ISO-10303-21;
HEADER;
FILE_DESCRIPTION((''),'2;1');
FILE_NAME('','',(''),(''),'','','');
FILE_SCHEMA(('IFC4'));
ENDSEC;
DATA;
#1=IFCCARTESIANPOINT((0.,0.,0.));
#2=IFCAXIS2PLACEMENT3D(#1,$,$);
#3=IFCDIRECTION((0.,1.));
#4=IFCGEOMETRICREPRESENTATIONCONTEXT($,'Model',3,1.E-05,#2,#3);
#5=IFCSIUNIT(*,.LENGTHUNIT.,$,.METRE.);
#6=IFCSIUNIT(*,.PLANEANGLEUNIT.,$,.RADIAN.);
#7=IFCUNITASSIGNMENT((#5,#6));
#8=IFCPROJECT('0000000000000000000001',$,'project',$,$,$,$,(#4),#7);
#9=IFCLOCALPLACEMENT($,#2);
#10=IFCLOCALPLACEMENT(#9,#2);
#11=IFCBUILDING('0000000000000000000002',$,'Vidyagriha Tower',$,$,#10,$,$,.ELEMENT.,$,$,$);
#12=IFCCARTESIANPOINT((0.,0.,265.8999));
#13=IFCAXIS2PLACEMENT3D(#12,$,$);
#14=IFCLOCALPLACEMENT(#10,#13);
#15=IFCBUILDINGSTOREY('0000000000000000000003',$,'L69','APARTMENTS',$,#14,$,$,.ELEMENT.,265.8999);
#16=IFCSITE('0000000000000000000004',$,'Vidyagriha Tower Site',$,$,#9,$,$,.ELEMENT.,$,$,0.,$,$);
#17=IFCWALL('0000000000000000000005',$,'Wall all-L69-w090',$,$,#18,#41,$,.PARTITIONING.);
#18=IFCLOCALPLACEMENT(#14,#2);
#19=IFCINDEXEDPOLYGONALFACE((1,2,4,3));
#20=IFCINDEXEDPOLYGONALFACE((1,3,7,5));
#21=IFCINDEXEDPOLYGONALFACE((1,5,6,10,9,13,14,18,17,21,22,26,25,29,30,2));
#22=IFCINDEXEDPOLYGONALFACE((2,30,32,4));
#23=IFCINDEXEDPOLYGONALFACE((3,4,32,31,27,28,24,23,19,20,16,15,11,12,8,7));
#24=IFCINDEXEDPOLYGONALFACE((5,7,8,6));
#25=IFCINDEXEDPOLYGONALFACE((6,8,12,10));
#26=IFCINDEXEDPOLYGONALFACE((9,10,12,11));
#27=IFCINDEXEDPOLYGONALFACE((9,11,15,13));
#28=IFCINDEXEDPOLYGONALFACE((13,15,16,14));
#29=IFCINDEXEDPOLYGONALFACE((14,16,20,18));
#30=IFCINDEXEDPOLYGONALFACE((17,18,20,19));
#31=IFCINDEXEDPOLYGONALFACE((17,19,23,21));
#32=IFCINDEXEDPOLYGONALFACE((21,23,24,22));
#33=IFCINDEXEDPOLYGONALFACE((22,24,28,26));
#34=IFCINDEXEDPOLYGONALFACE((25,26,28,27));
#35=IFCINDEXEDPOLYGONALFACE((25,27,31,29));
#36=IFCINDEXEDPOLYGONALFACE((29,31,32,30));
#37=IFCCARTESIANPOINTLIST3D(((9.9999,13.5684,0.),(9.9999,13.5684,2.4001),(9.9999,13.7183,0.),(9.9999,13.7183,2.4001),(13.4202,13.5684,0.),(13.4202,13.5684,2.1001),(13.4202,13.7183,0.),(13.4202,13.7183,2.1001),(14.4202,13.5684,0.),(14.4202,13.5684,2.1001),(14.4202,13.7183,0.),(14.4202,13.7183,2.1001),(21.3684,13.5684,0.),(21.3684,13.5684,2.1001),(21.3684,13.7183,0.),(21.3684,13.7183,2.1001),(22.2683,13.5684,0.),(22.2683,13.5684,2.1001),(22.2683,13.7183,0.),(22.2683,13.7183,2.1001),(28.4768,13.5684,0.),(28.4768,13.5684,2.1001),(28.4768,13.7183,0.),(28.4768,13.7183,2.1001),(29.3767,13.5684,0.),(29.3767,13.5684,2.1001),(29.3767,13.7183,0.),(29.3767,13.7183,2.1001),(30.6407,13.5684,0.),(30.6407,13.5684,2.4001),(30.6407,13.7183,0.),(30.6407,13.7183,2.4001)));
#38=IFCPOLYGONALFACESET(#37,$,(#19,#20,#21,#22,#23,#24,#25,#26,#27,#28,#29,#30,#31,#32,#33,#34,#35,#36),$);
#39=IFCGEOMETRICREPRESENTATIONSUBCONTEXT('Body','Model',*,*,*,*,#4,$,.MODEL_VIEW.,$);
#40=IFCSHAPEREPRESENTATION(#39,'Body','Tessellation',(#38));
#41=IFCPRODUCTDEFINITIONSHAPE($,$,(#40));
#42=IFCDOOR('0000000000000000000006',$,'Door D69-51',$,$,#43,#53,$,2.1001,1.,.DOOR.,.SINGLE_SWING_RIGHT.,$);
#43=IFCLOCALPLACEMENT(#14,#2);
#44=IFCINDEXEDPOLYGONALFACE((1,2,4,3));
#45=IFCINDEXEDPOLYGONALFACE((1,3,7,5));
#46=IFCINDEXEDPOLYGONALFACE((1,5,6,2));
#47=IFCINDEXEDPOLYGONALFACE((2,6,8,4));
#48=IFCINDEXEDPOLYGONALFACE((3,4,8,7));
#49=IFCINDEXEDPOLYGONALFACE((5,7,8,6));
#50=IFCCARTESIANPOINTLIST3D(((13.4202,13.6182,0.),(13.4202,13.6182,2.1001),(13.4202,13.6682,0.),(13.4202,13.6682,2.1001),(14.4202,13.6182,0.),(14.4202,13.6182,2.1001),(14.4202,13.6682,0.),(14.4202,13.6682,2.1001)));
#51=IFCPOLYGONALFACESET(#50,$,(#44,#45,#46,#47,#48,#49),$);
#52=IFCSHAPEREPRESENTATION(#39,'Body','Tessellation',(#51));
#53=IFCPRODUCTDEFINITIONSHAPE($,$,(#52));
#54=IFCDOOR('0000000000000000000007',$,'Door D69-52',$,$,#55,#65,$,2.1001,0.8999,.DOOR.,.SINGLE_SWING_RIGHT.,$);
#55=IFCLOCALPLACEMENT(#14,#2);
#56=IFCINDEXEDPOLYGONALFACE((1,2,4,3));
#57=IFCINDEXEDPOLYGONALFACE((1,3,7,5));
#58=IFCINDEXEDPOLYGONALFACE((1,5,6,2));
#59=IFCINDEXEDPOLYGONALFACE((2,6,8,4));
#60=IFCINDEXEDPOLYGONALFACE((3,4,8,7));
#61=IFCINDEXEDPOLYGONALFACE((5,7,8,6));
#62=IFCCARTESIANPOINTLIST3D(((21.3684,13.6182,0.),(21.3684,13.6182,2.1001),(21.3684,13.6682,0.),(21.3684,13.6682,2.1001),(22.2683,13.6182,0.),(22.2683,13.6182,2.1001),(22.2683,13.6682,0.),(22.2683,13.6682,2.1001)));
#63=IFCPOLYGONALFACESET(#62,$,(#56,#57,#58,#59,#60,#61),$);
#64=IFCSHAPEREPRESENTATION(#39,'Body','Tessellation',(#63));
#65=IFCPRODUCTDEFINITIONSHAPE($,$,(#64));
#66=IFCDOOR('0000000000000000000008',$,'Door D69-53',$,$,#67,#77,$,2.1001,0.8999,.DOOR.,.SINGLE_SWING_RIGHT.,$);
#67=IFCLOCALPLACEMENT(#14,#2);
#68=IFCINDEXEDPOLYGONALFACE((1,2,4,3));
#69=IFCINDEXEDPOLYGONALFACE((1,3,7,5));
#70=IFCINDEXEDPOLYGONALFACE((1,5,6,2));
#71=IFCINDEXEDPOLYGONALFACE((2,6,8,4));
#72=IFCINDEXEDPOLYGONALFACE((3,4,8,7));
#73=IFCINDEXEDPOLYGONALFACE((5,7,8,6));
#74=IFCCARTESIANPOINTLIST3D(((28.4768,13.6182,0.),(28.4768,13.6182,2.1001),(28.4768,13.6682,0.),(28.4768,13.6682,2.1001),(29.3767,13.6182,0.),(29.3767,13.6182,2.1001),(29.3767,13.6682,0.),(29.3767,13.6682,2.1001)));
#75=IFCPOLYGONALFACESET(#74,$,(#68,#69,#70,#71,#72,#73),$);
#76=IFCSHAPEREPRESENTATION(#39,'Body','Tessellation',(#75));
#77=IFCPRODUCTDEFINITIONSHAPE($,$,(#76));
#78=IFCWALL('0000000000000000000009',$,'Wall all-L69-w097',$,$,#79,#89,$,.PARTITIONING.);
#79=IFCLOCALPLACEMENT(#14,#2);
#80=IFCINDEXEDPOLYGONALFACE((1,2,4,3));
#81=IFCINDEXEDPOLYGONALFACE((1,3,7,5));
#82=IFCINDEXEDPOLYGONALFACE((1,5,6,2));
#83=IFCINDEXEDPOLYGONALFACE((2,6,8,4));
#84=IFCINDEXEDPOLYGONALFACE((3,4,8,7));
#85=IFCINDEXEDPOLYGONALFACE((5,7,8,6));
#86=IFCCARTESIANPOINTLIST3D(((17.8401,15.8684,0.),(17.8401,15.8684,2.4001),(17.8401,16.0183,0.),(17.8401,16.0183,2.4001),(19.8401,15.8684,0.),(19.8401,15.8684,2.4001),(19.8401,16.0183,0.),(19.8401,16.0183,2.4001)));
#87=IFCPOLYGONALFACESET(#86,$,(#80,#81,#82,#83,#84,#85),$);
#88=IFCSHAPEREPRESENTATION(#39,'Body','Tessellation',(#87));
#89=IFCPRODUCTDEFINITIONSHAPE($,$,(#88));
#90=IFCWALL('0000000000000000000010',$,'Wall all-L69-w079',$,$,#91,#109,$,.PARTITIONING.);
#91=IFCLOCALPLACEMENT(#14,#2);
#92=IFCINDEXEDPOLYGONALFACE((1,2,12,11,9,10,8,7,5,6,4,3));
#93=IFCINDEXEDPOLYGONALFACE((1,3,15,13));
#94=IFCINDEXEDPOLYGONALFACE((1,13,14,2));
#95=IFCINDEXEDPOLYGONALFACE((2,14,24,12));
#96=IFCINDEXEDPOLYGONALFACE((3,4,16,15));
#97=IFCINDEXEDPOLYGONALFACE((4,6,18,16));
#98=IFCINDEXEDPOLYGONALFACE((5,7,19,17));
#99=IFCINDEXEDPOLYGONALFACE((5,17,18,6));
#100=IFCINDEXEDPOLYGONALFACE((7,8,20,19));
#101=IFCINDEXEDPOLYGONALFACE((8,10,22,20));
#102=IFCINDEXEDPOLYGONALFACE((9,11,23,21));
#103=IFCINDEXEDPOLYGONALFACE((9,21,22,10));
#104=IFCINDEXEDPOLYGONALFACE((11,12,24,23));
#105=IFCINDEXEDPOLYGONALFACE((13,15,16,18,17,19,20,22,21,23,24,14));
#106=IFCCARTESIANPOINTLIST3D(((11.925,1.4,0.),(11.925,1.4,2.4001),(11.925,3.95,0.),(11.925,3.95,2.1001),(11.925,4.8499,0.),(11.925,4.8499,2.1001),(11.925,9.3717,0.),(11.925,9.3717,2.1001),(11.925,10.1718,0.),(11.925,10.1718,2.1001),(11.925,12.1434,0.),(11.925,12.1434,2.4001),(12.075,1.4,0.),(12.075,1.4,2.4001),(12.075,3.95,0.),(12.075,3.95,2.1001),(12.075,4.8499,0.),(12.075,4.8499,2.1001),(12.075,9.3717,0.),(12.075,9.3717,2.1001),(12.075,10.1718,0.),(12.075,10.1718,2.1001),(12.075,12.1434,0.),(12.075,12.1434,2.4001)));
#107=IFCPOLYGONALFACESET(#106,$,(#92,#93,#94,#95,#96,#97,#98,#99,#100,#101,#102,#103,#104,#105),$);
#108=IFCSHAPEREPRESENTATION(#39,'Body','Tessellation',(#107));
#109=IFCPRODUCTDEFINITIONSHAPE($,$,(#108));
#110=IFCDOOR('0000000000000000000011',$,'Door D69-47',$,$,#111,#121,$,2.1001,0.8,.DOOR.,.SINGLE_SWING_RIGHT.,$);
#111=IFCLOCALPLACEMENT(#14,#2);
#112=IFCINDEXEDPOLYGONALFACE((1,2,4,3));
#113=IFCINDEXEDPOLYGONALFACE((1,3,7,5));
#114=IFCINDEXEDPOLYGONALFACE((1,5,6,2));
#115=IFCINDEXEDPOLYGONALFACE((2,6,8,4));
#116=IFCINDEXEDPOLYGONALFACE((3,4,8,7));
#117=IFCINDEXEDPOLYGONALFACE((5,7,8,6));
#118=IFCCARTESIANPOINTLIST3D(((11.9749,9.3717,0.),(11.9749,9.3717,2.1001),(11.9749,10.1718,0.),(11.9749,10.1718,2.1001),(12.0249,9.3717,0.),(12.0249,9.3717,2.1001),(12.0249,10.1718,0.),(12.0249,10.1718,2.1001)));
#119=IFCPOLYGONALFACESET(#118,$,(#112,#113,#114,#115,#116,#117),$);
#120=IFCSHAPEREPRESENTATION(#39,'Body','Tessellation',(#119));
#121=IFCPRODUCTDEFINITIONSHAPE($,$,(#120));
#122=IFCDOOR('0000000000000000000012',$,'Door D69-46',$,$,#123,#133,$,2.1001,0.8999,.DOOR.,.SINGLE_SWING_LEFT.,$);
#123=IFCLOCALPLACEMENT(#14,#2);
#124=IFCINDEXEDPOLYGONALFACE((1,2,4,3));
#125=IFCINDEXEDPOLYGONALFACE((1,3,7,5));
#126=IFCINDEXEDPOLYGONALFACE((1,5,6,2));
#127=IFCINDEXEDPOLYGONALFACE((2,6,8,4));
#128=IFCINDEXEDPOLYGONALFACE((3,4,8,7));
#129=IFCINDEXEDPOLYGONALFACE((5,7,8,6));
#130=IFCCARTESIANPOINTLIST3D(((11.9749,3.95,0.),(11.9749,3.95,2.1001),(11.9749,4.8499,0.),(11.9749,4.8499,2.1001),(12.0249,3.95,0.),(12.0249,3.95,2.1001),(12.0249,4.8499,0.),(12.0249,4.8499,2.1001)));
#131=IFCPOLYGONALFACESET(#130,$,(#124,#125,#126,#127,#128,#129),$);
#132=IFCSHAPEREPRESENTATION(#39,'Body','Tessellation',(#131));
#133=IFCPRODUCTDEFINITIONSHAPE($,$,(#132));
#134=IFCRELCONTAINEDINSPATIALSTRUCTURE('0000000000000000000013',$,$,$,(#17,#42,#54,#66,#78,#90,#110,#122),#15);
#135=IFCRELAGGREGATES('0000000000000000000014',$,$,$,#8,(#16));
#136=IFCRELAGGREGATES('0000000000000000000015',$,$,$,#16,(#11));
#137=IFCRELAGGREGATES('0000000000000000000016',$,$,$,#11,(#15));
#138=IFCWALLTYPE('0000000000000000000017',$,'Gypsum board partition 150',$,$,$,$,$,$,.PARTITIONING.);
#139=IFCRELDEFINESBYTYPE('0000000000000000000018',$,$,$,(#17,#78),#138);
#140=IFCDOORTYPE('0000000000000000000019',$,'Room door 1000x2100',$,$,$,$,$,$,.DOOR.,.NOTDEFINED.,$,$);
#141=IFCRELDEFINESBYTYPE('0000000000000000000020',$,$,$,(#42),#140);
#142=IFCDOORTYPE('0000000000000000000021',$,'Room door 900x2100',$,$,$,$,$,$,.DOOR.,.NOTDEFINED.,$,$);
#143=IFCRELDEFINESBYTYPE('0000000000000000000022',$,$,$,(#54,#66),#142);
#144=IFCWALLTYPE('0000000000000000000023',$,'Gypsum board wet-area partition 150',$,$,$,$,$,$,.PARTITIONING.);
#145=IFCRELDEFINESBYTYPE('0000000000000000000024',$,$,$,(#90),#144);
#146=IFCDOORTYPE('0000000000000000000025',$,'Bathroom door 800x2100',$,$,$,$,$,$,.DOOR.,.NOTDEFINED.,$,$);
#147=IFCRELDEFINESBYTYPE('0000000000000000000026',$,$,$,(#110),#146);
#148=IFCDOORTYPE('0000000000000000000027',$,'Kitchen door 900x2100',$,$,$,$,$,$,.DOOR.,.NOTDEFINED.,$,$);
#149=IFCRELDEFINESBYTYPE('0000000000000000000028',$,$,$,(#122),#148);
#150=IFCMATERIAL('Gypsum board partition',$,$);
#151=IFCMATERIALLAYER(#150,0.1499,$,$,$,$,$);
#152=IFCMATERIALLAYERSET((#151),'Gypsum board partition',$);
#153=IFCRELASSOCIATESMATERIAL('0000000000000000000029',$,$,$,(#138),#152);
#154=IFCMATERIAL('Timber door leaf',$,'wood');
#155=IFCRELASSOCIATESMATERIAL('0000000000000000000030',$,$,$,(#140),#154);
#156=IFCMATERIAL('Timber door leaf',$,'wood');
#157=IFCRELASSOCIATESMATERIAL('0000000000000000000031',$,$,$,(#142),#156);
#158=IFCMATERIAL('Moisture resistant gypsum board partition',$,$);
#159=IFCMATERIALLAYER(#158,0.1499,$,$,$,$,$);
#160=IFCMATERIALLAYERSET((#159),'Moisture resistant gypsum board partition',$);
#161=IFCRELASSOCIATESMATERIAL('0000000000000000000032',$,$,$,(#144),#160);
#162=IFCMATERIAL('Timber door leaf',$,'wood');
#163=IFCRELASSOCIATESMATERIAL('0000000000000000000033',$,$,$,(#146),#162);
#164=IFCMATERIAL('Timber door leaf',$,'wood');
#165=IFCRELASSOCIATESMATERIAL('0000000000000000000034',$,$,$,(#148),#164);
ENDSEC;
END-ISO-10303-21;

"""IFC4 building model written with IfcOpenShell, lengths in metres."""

from ifc_helpers import new_model, si_unit, direction, frame, frame_2d, origin, place, context, subcontext, project, spatial, rectangle, extrude, material, layer, layer_set, type_object, element, fill, save


model = new_model("IFC4")

# Units and contexts
model_context = context("Model", 3, precision=1e-05, world=origin(), true_north=direction((0.0, 1.0)))
body_context = subcontext(model_context, "Body", "Model", "MODEL_VIEW")
ifc_project = project(units=[si_unit("LENGTHUNIT", "METRE"), si_unit("PLANEANGLEUNIT", "RADIAN")], contexts=[model_context])

# Site, building, storey
site_placement = place(None, origin())
site = spatial("IfcSite", under=ifc_project, at=site_placement, Name="Vidyagriha Tower Site", CompositionType="ELEMENT", RefElevation=0.0)
building_placement = place(site_placement, origin())
building = spatial("IfcBuilding", under=site, at=building_placement, Name="Vidyagriha Tower", CompositionType="ELEMENT")
storey_placement = place(building_placement, frame((0.0, 0.0, 265.8999)))
storey = spatial("IfcBuildingStorey", under=building, at=storey_placement, Name="L69", Description="APARTMENTS", CompositionType="ELEMENT", Elevation=265.8999)

# Shared definitions
ifc_material_1 = material(Name="Gypsum board partition")
ifc_layer_1 = layer(ifc_material_1, 0.1499)
ifc_layer_set_1 = layer_set([ifc_layer_1], Name="Gypsum board partition")
wall_type_1 = type_object("IfcWallType", Name="Gypsum board partition 150", PredefinedType="PARTITIONING", material=ifc_layer_set_1)

# Wall, openings, doors
wall_1_placement = place(storey_placement, frame((10.0, 13.6433, 0.0)))
wall_1 = element("IfcWall", 1, at=wall_1_placement, inside=storey, type_object=wall_type_1, Name="Wall all-L69-w090", PredefinedType="PARTITIONING", context=body_context, shape_type="SweptSolid", body=[
    extrude(rectangle(XDim=20.6409, YDim=0.1499, at=frame_2d((10.3203, 0.0))), origin(), (0.0, 0.0, 1.0), 2.4001),
])
opening_1_placement = place(wall_1_placement, frame((3.4202, 0.0, 0.0)))
opening_1 = element("IfcOpeningElement", 2, at=opening_1_placement, cuts=wall_1, PredefinedType="OPENING", context=body_context, shape_type="SweptSolid", body=[
    extrude(rectangle(XDim=1.0, YDim=2.1001, at=frame_2d((0.5, 1.05))), frame((0.0, 0.085, 0.0), z_axis=(0.0, -1.0, 0.0), x_axis=(1.0, 0.0, 0.0)), (0.0, 0.0, 1.0), 0.1699),
])
opening_2_placement = place(wall_1_placement, frame((11.3684, 0.0, 0.0)))
opening_2 = element("IfcOpeningElement", 3, at=opening_2_placement, cuts=wall_1, PredefinedType="OPENING", context=body_context, shape_type="SweptSolid", body=[
    extrude(rectangle(XDim=0.8999, YDim=2.1001, at=frame_2d((0.45, 1.05))), frame((0.0, 0.085, 0.0), z_axis=(0.0, -1.0, 0.0), x_axis=(1.0, 0.0, 0.0)), (0.0, 0.0, 1.0), 0.1699),
])
opening_3_placement = place(wall_1_placement, frame((18.4768, 0.0, 0.0)))
opening_3 = element("IfcOpeningElement", 4, at=opening_3_placement, cuts=wall_1, PredefinedType="OPENING", context=body_context, shape_type="SweptSolid", body=[
    extrude(rectangle(XDim=0.8999, YDim=2.1001, at=frame_2d((0.45, 1.05))), frame((0.0, 0.085, 0.0), z_axis=(0.0, -1.0, 0.0), x_axis=(1.0, 0.0, 0.0)), (0.0, 0.0, 1.0), 0.1699),
])
ifc_material_2 = material(Name="Timber door leaf", Category="wood")
door_type_1 = type_object("IfcDoorType", Name="Room door 1000x2100", OperationType="NOTDEFINED", PredefinedType="DOOR", material=ifc_material_2)
door_1_placement = place(opening_1_placement, origin())
door_1 = element("IfcDoor", 5, at=door_1_placement, inside=storey, type_object=door_type_1, Name="Door D69-51", OperationType="SINGLE_SWING_RIGHT", OverallHeight=2.1001, OverallWidth=1.0, PredefinedType="DOOR", context=body_context, shape_type="SweptSolid", body=[
    extrude(rectangle(XDim=1.0, YDim=2.1001, at=frame_2d((0.5, 1.05))), frame((0.0, 0.0249, 0.0), z_axis=(0.0, -1.0, 0.0), x_axis=(1.0, 0.0, 0.0)), (0.0, 0.0, 1.0), 0.05),
])
fill(opening_1, door_1)
ifc_material_3 = material(Name="Timber door leaf", Category="wood")
door_type_2 = type_object("IfcDoorType", Name="Room door 900x2100", OperationType="NOTDEFINED", PredefinedType="DOOR", material=ifc_material_3)
door_2_placement = place(opening_2_placement, origin())
door_2 = element("IfcDoor", 6, at=door_2_placement, inside=storey, type_object=door_type_2, Name="Door D69-52", OperationType="SINGLE_SWING_RIGHT", OverallHeight=2.1001, OverallWidth=0.8999, PredefinedType="DOOR", context=body_context, shape_type="SweptSolid", body=[
    extrude(rectangle(XDim=0.8999, YDim=2.1001, at=frame_2d((0.45, 1.05))), frame((0.0, 0.0249, 0.0), z_axis=(0.0, -1.0, 0.0), x_axis=(1.0, 0.0, 0.0)), (0.0, 0.0, 1.0), 0.05),
])
fill(opening_2, door_2)
door_3_placement = place(opening_3_placement, origin())
door_3 = element("IfcDoor", 7, at=door_3_placement, inside=storey, type_object=door_type_2, Name="Door D69-53", OperationType="SINGLE_SWING_RIGHT", OverallHeight=2.1001, OverallWidth=0.8999, PredefinedType="DOOR", context=body_context, shape_type="SweptSolid", body=[
    extrude(rectangle(XDim=0.8999, YDim=2.1001, at=frame_2d((0.45, 1.05))), frame((0.0, 0.0249, 0.0), z_axis=(0.0, -1.0, 0.0), x_axis=(1.0, 0.0, 0.0)), (0.0, 0.0, 1.0), 0.05),
])
fill(opening_3, door_3)

# Wall
wall_2_placement = place(storey_placement, frame((17.8401, 15.9434, 0.0)))
element("IfcWall", 8, at=wall_2_placement, inside=storey, type_object=wall_type_1, Name="Wall all-L69-w097", PredefinedType="PARTITIONING", context=body_context, shape_type="SweptSolid", body=[
    extrude(rectangle(XDim=2.0, YDim=0.1499, at=frame_2d((1.0, 0.0))), origin(), (0.0, 0.0, 1.0), 2.4001),
])

# Wall, openings, doors
ifc_material_4 = material(Name="Moisture resistant gypsum board partition")
ifc_layer_2 = layer(ifc_material_4, 0.1499)
ifc_layer_set_2 = layer_set([ifc_layer_2], Name="Moisture resistant gypsum board partition")
wall_type_2 = type_object("IfcWallType", Name="Gypsum board wet-area partition 150", PredefinedType="PARTITIONING", material=ifc_layer_set_2)
wall_3_placement = place(storey_placement, frame((12.0, 12.1433, 0.0), z_axis=(0.0, 0.0, 1.0), x_axis=(0.0, -1.0, 0.0)))
wall_3 = element("IfcWall", 9, at=wall_3_placement, inside=storey, type_object=wall_type_2, Name="Wall all-L69-w079", PredefinedType="PARTITIONING", context=body_context, shape_type="SweptSolid", body=[
    extrude(rectangle(XDim=10.7434, YDim=0.1499, at=frame_2d((5.3716, 0.0))), origin(), (0.0, 0.0, 1.0), 2.4001),
])
opening_4_placement = place(wall_3_placement, frame((7.2935, 0.0, 0.0)))
opening_4 = element("IfcOpeningElement", 10, at=opening_4_placement, cuts=wall_3, PredefinedType="OPENING", context=body_context, shape_type="SweptSolid", body=[
    extrude(rectangle(XDim=0.8999, YDim=2.1001, at=frame_2d((0.45, 1.05))), frame((0.0, 0.085, 0.0), z_axis=(0.0, -1.0, 0.0), x_axis=(1.0, 0.0, 0.0)), (0.0, 0.0, 1.0), 0.1699),
])
opening_5_placement = place(wall_3_placement, frame((1.9717, 0.0, 0.0)))
opening_5 = element("IfcOpeningElement", 11, at=opening_5_placement, cuts=wall_3, PredefinedType="OPENING", context=body_context, shape_type="SweptSolid", body=[
    extrude(rectangle(XDim=0.8, YDim=2.1001, at=frame_2d((0.3999, 1.05))), frame((0.0, 0.085, 0.0), z_axis=(0.0, -1.0, 0.0), x_axis=(1.0, 0.0, 0.0)), (0.0, 0.0, 1.0), 0.1699),
])
ifc_material_5 = material(Name="Timber door leaf", Category="wood")
door_type_3 = type_object("IfcDoorType", Name="Bathroom door 800x2100", OperationType="NOTDEFINED", PredefinedType="DOOR", material=ifc_material_5)
door_4_placement = place(opening_5_placement, origin())
door_4 = element("IfcDoor", 12, at=door_4_placement, inside=storey, type_object=door_type_3, Name="Door D69-47", OperationType="SINGLE_SWING_RIGHT", OverallHeight=2.1001, OverallWidth=0.8, PredefinedType="DOOR", context=body_context, shape_type="SweptSolid", body=[
    extrude(rectangle(XDim=0.8, YDim=2.1001, at=frame_2d((0.3999, 1.05))), frame((0.0, 0.0249, 0.0), z_axis=(0.0, -1.0, 0.0), x_axis=(1.0, 0.0, 0.0)), (0.0, 0.0, 1.0), 0.05),
])
fill(opening_5, door_4)
ifc_material_6 = material(Name="Timber door leaf", Category="wood")
door_type_4 = type_object("IfcDoorType", Name="Kitchen door 900x2100", OperationType="NOTDEFINED", PredefinedType="DOOR", material=ifc_material_6)
door_5_placement = place(opening_4_placement, origin())
door_5 = element("IfcDoor", 13, at=door_5_placement, inside=storey, type_object=door_type_4, Name="Door D69-46", OperationType="SINGLE_SWING_LEFT", OverallHeight=2.1001, OverallWidth=0.8999, PredefinedType="DOOR", context=body_context, shape_type="SweptSolid", body=[
    extrude(rectangle(XDim=0.8999, YDim=2.1001, at=frame_2d((0.45, 1.05))), frame((0.0, 0.0249, 0.0), z_axis=(0.0, -1.0, 0.0), x_axis=(1.0, 0.0, 0.0)), (0.0, 0.0, 1.0), 0.05),
])
fill(opening_4, door_5)

save(model, "model.ifc")
